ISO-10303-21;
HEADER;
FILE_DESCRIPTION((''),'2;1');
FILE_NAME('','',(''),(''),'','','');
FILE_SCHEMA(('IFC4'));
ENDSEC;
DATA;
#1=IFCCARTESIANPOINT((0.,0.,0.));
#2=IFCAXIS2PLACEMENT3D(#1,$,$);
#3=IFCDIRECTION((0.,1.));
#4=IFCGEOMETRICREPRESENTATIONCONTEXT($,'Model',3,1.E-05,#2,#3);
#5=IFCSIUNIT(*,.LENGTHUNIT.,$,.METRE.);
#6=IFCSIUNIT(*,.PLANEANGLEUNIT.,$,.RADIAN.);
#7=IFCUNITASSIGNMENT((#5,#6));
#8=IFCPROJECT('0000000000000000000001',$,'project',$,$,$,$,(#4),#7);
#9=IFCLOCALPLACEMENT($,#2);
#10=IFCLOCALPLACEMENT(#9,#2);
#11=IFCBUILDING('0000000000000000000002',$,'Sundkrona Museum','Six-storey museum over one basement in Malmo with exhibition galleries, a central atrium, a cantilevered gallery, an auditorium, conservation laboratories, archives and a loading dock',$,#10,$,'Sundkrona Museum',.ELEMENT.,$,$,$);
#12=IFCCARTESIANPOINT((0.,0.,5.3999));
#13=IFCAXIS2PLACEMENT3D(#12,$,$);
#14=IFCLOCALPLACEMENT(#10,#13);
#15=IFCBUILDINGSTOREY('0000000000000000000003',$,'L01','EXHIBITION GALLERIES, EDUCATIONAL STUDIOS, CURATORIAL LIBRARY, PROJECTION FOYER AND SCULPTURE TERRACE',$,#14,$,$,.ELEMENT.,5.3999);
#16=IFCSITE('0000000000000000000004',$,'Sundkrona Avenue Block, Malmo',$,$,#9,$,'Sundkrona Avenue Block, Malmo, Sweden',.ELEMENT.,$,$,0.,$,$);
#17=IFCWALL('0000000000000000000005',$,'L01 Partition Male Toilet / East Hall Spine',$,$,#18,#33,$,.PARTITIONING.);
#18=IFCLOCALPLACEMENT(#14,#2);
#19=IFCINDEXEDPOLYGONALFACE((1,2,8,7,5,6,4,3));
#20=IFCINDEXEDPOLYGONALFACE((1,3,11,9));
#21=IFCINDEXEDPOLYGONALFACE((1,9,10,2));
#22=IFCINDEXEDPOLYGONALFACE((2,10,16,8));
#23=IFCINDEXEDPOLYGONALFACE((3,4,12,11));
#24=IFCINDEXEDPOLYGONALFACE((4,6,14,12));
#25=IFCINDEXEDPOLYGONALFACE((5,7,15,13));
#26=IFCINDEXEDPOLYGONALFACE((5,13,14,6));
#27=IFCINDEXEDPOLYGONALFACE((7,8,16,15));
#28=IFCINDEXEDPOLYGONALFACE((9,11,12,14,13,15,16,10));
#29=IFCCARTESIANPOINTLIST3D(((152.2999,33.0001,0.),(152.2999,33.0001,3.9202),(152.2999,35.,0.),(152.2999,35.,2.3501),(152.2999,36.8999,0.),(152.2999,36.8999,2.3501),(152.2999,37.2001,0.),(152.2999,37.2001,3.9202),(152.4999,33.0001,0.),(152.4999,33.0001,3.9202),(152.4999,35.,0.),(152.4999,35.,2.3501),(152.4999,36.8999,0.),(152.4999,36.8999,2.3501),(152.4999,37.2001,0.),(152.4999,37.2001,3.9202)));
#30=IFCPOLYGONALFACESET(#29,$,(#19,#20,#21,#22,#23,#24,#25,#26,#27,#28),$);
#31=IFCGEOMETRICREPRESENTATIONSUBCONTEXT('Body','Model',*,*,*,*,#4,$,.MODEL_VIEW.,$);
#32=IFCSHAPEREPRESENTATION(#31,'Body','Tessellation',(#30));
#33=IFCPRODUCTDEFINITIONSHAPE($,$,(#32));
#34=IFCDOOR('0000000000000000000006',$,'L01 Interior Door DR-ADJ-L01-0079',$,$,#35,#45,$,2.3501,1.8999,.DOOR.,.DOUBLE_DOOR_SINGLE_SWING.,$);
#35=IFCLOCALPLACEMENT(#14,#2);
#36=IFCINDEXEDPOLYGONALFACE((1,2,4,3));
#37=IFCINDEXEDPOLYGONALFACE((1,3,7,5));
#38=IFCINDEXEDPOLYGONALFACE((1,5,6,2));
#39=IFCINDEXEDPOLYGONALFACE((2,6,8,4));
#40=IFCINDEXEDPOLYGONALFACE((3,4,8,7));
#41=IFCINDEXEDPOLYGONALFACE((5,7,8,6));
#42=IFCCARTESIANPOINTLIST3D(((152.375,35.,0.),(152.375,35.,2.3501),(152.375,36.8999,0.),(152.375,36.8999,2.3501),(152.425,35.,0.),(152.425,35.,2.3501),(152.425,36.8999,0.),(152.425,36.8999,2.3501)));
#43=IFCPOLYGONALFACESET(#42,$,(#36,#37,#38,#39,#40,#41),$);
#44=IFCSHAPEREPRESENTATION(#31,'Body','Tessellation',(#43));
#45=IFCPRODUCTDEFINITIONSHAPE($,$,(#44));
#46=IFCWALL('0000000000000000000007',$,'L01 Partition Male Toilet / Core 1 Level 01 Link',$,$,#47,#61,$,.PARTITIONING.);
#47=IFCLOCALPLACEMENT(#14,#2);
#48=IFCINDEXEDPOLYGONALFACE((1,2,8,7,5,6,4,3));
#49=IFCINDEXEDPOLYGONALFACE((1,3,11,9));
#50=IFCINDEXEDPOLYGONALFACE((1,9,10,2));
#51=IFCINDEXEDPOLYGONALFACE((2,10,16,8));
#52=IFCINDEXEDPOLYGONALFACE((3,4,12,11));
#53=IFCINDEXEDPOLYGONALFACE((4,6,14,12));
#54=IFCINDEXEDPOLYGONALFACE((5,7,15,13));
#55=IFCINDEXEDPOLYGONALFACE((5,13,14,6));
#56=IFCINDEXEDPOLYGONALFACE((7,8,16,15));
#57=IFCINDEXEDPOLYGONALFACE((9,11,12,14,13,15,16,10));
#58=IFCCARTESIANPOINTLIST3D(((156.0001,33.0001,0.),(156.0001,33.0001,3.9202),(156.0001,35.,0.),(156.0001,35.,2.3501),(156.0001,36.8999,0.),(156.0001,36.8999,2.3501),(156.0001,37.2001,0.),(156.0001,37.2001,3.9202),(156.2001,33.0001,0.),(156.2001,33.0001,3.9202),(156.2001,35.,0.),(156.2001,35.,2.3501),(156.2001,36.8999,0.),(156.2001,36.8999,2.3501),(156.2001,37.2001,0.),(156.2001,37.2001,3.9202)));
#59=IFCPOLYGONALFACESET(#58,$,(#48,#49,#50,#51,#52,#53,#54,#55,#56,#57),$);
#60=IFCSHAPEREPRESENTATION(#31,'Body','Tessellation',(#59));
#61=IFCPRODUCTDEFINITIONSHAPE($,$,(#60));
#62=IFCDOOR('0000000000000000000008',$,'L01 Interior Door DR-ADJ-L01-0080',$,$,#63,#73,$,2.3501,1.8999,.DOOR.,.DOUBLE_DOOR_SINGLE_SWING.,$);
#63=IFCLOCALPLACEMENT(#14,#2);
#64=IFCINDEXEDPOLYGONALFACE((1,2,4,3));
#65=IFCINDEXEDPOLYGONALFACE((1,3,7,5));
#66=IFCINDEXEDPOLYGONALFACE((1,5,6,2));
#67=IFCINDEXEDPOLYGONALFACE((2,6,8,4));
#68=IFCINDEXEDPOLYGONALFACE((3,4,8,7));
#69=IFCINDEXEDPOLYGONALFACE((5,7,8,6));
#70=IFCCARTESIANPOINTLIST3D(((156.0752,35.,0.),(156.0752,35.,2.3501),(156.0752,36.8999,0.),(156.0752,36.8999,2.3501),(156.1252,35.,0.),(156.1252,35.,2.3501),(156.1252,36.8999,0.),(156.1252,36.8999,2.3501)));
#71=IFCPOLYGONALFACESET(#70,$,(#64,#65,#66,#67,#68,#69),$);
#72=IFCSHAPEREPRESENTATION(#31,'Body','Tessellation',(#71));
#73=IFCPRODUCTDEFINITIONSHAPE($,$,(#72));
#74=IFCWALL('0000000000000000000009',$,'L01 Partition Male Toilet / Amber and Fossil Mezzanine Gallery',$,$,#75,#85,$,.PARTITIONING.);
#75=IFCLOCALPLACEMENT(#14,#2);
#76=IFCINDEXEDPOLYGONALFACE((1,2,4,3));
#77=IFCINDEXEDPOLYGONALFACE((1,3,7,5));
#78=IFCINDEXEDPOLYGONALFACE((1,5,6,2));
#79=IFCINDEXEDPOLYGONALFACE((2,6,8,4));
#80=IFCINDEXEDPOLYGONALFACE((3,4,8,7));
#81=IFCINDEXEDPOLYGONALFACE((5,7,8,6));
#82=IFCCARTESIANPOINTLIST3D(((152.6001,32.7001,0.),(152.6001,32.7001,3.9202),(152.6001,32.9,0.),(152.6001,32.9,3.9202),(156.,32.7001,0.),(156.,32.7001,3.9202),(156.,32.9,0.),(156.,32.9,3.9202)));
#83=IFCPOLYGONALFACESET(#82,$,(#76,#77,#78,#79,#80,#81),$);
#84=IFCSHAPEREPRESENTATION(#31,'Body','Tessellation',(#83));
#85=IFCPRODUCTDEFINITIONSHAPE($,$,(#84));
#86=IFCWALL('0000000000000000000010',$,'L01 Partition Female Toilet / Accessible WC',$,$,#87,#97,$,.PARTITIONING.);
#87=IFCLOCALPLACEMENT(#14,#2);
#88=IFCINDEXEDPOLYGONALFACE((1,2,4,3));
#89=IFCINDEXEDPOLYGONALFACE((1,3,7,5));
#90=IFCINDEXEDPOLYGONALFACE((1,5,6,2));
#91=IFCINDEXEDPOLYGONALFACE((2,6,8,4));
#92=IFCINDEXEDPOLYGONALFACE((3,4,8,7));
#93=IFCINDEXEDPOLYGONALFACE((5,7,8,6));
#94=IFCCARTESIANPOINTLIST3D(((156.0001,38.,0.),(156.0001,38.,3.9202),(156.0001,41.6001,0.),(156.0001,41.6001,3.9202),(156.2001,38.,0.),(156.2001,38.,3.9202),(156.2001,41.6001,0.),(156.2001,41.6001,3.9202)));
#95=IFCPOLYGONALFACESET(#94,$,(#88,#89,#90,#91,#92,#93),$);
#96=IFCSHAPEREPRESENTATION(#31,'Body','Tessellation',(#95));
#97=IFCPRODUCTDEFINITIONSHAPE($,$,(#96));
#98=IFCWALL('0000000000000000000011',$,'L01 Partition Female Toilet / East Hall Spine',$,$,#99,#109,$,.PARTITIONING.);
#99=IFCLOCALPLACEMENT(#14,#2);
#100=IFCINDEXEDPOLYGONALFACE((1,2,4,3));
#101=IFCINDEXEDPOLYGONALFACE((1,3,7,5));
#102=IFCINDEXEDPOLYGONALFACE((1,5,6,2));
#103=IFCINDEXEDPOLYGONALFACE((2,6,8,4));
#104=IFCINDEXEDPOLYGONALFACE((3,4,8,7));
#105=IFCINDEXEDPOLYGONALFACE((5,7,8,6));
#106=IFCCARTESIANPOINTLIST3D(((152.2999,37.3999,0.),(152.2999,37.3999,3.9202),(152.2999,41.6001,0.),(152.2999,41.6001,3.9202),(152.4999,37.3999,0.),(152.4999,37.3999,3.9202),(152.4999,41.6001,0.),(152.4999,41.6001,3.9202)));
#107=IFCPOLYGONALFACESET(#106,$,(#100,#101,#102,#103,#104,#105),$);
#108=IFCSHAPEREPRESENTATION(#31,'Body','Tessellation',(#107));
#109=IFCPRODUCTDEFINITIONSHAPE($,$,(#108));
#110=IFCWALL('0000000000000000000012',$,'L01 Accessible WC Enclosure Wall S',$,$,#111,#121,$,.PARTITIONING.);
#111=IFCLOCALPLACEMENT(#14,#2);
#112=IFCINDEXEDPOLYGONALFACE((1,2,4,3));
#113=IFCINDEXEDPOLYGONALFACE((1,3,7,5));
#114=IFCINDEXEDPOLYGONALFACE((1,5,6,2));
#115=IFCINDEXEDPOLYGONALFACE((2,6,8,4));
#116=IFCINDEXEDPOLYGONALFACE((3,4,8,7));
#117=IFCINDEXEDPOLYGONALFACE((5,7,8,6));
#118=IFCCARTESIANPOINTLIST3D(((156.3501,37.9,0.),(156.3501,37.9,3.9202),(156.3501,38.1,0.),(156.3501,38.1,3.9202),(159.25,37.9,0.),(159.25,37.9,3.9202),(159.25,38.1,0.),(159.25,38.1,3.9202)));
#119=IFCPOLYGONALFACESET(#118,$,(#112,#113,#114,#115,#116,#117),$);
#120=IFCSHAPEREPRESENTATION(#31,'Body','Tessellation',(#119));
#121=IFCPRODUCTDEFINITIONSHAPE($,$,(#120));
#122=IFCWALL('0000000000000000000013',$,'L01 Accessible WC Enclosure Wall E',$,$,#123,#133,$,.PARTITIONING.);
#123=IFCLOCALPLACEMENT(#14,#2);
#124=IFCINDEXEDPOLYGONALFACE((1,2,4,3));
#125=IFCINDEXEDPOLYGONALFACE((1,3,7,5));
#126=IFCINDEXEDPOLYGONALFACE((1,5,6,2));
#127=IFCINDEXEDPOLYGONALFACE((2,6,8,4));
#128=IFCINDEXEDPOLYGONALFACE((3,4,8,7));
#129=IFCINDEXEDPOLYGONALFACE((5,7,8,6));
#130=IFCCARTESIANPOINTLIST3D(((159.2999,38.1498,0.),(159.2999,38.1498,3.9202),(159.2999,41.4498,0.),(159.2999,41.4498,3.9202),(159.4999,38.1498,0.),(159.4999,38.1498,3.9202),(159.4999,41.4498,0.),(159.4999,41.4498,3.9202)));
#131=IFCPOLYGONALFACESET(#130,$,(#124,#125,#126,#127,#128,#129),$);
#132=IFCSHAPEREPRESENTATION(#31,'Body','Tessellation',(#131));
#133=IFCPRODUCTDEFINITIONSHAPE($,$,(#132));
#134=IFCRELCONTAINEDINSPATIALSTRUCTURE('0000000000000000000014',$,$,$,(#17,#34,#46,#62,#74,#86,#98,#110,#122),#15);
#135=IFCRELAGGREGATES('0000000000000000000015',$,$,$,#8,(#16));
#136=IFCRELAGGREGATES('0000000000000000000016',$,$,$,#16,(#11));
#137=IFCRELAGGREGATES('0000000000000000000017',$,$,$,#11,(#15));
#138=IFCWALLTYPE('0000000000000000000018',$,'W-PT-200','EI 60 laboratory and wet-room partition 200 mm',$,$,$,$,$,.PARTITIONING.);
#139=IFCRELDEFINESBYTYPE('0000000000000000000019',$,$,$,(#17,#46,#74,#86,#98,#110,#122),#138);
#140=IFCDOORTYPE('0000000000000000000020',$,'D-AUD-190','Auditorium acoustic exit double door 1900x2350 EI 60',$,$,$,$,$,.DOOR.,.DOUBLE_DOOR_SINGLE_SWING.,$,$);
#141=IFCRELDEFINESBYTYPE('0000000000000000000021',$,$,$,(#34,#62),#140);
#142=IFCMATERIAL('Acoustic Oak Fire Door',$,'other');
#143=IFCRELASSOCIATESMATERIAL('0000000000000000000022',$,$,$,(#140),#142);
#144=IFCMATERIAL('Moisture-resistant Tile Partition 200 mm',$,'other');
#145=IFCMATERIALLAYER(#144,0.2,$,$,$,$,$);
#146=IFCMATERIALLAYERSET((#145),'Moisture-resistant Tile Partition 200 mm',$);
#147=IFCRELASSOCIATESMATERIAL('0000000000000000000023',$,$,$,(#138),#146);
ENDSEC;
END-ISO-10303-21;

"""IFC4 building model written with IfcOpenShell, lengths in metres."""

from ifc_helpers import new_model, si_unit, direction, frame, frame_2d, origin, place, context, subcontext, project, spatial, rectangle, extrude, material, layer, layer_set, type_object, element, fill, save


model = new_model("IFC4")

# Units and contexts
model_context = context("Model", 3, precision=1e-05, world=origin(), true_north=direction((0.0, 1.0)))
body_context = subcontext(model_context, "Body", "Model", "MODEL_VIEW")
ifc_project = project(units=[si_unit("LENGTHUNIT", "METRE"), si_unit("PLANEANGLEUNIT", "RADIAN")], contexts=[model_context])

# Site, building, storey
site_placement = place(None, origin())
site = spatial("IfcSite", under=ifc_project, at=site_placement, Name="Sundkrona Avenue Block, Malmo", LongName="Sundkrona Avenue Block, Malmo, Sweden", CompositionType="ELEMENT", RefElevation=0.0)
building_placement = place(site_placement, origin())
building = spatial("IfcBuilding", under=site, at=building_placement, Name="Sundkrona Museum", Description="Six-storey museum over one basement in Malmo with exhibition galleries, a central atrium, a cantilevered gallery, an auditorium, conservation laboratories, archives and a loading dock", LongName="Sundkrona Museum", CompositionType="ELEMENT")
storey_placement = place(building_placement, frame((0.0, 0.0, 5.3999)))
storey = spatial("IfcBuildingStorey", under=building, at=storey_placement, Name="L01", Description="EXHIBITION GALLERIES, EDUCATIONAL STUDIOS, CURATORIAL LIBRARY, PROJECTION FOYER AND SCULPTURE TERRACE", CompositionType="ELEMENT", Elevation=5.3999)

# Shared definitions
ifc_material_1 = material(Name="Acoustic Oak Fire Door", Category="other")
door_type_1 = type_object("IfcDoorType", Name="D-AUD-190", Description="Auditorium acoustic exit double door 1900x2350 EI 60", OperationType="DOUBLE_DOOR_SINGLE_SWING", PredefinedType="DOOR", material=ifc_material_1)

# Shared definitions
ifc_material_2 = material(Name="Moisture-resistant Tile Partition 200 mm", Category="other")
ifc_layer_1 = layer(ifc_material_2, 0.2)
ifc_layer_set_1 = layer_set([ifc_layer_1], Name="Moisture-resistant Tile Partition 200 mm")
wall_type_1 = type_object("IfcWallType", Name="W-PT-200", Description="EI 60 laboratory and wet-room partition 200 mm", PredefinedType="PARTITIONING", material=ifc_layer_set_1)

# Walls, openings, doors
wall_1_placement = place(storey_placement, frame((152.3999, 33.0, 0.0), z_axis=(0.0, 0.0, 1.0), x_axis=(0.0, 1.0, 0.0)))
wall_1 = element("IfcWall", 1, at=wall_1_placement, inside=storey, type_object=wall_type_1, Name="L01 Partition Male Toilet / East Hall Spine", PredefinedType="PARTITIONING", context=body_context, shape_type="SweptSolid", body=[
    extrude(rectangle(XDim=4.2, YDim=0.2, at=frame_2d((2.1001, 0.0))), origin(), (0.0, 0.0, 1.0), 3.9202),
])
opening_1_placement = place(wall_1_placement, frame((2.0, 0.0, 0.0)))
opening_1 = element("IfcOpeningElement", 2, at=opening_1_placement, cuts=wall_1, PredefinedType="OPENING", context=body_context, shape_type="SweptSolid", body=[
    extrude(rectangle(XDim=1.8999, YDim=2.3501, at=frame_2d((0.95, 1.175))), frame((0.0, 0.1099, 0.0), z_axis=(0.0, -1.0, 0.0), x_axis=(1.0, 0.0, 0.0)), (0.0, 0.0, 1.0), 0.22),
])
door_1_placement = place(opening_1_placement, origin())
door_1 = element("IfcDoor", 3, at=door_1_placement, inside=storey, type_object=door_type_1, Name="L01 Interior Door DR-ADJ-L01-0079", OperationType="DOUBLE_DOOR_SINGLE_SWING", OverallHeight=2.3501, OverallWidth=1.8999, PredefinedType="DOOR", context=body_context, shape_type="SweptSolid", body=[
    extrude(rectangle(XDim=1.8999, YDim=2.3501, at=frame_2d((0.95, 1.175))), frame((0.0, 0.0249, 0.0), z_axis=(0.0, -1.0, 0.0), x_axis=(1.0, 0.0, 0.0)), (0.0, 0.0, 1.0), 0.05),
])
fill(opening_1, door_1)
wall_2_placement = place(storey_placement, frame((156.1001, 33.0, 0.0), z_axis=(0.0, 0.0, 1.0), x_axis=(0.0, 1.0, 0.0)))
wall_2 = element("IfcWall", 4, at=wall_2_placement, inside=storey, type_object=wall_type_1, Name="L01 Partition Male Toilet / Core 1 Level 01 Link", PredefinedType="PARTITIONING", context=body_context, shape_type="SweptSolid", body=[
    extrude(rectangle(XDim=4.2, YDim=0.2, at=frame_2d((2.1001, 0.0))), origin(), (0.0, 0.0, 1.0), 3.9202),
])
opening_2_placement = place(wall_2_placement, frame((2.0, 0.0, 0.0)))
opening_2 = element("IfcOpeningElement", 5, at=opening_2_placement, cuts=wall_2, PredefinedType="OPENING", context=body_context, shape_type="SweptSolid", body=[
    extrude(rectangle(XDim=1.8999, YDim=2.3501, at=frame_2d((0.95, 1.175))), frame((0.0, 0.1099, 0.0), z_axis=(0.0, -1.0, 0.0), x_axis=(1.0, 0.0, 0.0)), (0.0, 0.0, 1.0), 0.22),
])
door_2_placement = place(opening_2_placement, origin())
door_2 = element("IfcDoor", 6, at=door_2_placement, inside=storey, type_object=door_type_1, Name="L01 Interior Door DR-ADJ-L01-0080", OperationType="DOUBLE_DOOR_SINGLE_SWING", OverallHeight=2.3501, OverallWidth=1.8999, PredefinedType="DOOR", context=body_context, shape_type="SweptSolid", body=[
    extrude(rectangle(XDim=1.8999, YDim=2.3501, at=frame_2d((0.95, 1.175))), frame((0.0, 0.0249, 0.0), z_axis=(0.0, -1.0, 0.0), x_axis=(1.0, 0.0, 0.0)), (0.0, 0.0, 1.0), 0.05),
])
fill(opening_2, door_2)

# Walls
wall_3_placement = place(storey_placement, frame((152.6001, 32.8, 0.0), z_axis=(0.0, 0.0, 1.0), x_axis=(1.0, 0.0, 0.0)))
element("IfcWall", 7, at=wall_3_placement, inside=storey, type_object=wall_type_1, Name="L01 Partition Male Toilet / Amber and Fossil Mezzanine Gallery", PredefinedType="PARTITIONING", context=body_context, shape_type="SweptSolid", body=[
    extrude(rectangle(XDim=3.3999, YDim=0.2, at=frame_2d((1.7, 0.0))), origin(), (0.0, 0.0, 1.0), 3.9202),
])
wall_4_placement = place(storey_placement, frame((156.1001, 38.0, 0.0), z_axis=(0.0, 0.0, 1.0), x_axis=(0.0, 1.0, 0.0)))
element("IfcWall", 8, at=wall_4_placement, inside=storey, type_object=wall_type_1, Name="L01 Partition Female Toilet / Accessible WC", PredefinedType="PARTITIONING", context=body_context, shape_type="SweptSolid", body=[
    extrude(rectangle(XDim=3.6001, YDim=0.2, at=frame_2d((1.8, 0.0))), origin(), (0.0, 0.0, 1.0), 3.9202),
])
wall_5_placement = place(storey_placement, frame((152.3999, 37.3999, 0.0), z_axis=(0.0, 0.0, 1.0), x_axis=(0.0, 1.0, 0.0)))
element("IfcWall", 9, at=wall_5_placement, inside=storey, type_object=wall_type_1, Name="L01 Partition Female Toilet / East Hall Spine", PredefinedType="PARTITIONING", context=body_context, shape_type="SweptSolid", body=[
    extrude(rectangle(XDim=4.2002, YDim=0.2, at=frame_2d((2.1001, 0.0))), origin(), (0.0, 0.0, 1.0), 3.9202),
])
wall_6_placement = place(storey_placement, frame((156.3501, 38.0, 0.0), z_axis=(0.0, 0.0, 1.0), x_axis=(1.0, 0.0, 0.0)))
element("IfcWall", 10, at=wall_6_placement, inside=storey, type_object=wall_type_1, Name="L01 Accessible WC Enclosure Wall S", PredefinedType="PARTITIONING", context=body_context, shape_type="SweptSolid", body=[
    extrude(rectangle(XDim=2.8999, YDim=0.2, at=frame_2d((1.45, 0.0))), origin(), (0.0, 0.0, 1.0), 3.9202),
])
wall_7_placement = place(storey_placement, frame((159.3999, 38.1499, 0.0), z_axis=(0.0, 0.0, 1.0), x_axis=(0.0, 1.0, 0.0)))
element("IfcWall", 11, at=wall_7_placement, inside=storey, type_object=wall_type_1, Name="L01 Accessible WC Enclosure Wall E", PredefinedType="PARTITIONING", context=body_context, shape_type="SweptSolid", body=[
    extrude(rectangle(XDim=3.3, YDim=0.2, at=frame_2d((1.6499, 0.0))), origin(), (0.0, 0.0, 1.0), 3.9202),
])

save(model, "model.ifc")
